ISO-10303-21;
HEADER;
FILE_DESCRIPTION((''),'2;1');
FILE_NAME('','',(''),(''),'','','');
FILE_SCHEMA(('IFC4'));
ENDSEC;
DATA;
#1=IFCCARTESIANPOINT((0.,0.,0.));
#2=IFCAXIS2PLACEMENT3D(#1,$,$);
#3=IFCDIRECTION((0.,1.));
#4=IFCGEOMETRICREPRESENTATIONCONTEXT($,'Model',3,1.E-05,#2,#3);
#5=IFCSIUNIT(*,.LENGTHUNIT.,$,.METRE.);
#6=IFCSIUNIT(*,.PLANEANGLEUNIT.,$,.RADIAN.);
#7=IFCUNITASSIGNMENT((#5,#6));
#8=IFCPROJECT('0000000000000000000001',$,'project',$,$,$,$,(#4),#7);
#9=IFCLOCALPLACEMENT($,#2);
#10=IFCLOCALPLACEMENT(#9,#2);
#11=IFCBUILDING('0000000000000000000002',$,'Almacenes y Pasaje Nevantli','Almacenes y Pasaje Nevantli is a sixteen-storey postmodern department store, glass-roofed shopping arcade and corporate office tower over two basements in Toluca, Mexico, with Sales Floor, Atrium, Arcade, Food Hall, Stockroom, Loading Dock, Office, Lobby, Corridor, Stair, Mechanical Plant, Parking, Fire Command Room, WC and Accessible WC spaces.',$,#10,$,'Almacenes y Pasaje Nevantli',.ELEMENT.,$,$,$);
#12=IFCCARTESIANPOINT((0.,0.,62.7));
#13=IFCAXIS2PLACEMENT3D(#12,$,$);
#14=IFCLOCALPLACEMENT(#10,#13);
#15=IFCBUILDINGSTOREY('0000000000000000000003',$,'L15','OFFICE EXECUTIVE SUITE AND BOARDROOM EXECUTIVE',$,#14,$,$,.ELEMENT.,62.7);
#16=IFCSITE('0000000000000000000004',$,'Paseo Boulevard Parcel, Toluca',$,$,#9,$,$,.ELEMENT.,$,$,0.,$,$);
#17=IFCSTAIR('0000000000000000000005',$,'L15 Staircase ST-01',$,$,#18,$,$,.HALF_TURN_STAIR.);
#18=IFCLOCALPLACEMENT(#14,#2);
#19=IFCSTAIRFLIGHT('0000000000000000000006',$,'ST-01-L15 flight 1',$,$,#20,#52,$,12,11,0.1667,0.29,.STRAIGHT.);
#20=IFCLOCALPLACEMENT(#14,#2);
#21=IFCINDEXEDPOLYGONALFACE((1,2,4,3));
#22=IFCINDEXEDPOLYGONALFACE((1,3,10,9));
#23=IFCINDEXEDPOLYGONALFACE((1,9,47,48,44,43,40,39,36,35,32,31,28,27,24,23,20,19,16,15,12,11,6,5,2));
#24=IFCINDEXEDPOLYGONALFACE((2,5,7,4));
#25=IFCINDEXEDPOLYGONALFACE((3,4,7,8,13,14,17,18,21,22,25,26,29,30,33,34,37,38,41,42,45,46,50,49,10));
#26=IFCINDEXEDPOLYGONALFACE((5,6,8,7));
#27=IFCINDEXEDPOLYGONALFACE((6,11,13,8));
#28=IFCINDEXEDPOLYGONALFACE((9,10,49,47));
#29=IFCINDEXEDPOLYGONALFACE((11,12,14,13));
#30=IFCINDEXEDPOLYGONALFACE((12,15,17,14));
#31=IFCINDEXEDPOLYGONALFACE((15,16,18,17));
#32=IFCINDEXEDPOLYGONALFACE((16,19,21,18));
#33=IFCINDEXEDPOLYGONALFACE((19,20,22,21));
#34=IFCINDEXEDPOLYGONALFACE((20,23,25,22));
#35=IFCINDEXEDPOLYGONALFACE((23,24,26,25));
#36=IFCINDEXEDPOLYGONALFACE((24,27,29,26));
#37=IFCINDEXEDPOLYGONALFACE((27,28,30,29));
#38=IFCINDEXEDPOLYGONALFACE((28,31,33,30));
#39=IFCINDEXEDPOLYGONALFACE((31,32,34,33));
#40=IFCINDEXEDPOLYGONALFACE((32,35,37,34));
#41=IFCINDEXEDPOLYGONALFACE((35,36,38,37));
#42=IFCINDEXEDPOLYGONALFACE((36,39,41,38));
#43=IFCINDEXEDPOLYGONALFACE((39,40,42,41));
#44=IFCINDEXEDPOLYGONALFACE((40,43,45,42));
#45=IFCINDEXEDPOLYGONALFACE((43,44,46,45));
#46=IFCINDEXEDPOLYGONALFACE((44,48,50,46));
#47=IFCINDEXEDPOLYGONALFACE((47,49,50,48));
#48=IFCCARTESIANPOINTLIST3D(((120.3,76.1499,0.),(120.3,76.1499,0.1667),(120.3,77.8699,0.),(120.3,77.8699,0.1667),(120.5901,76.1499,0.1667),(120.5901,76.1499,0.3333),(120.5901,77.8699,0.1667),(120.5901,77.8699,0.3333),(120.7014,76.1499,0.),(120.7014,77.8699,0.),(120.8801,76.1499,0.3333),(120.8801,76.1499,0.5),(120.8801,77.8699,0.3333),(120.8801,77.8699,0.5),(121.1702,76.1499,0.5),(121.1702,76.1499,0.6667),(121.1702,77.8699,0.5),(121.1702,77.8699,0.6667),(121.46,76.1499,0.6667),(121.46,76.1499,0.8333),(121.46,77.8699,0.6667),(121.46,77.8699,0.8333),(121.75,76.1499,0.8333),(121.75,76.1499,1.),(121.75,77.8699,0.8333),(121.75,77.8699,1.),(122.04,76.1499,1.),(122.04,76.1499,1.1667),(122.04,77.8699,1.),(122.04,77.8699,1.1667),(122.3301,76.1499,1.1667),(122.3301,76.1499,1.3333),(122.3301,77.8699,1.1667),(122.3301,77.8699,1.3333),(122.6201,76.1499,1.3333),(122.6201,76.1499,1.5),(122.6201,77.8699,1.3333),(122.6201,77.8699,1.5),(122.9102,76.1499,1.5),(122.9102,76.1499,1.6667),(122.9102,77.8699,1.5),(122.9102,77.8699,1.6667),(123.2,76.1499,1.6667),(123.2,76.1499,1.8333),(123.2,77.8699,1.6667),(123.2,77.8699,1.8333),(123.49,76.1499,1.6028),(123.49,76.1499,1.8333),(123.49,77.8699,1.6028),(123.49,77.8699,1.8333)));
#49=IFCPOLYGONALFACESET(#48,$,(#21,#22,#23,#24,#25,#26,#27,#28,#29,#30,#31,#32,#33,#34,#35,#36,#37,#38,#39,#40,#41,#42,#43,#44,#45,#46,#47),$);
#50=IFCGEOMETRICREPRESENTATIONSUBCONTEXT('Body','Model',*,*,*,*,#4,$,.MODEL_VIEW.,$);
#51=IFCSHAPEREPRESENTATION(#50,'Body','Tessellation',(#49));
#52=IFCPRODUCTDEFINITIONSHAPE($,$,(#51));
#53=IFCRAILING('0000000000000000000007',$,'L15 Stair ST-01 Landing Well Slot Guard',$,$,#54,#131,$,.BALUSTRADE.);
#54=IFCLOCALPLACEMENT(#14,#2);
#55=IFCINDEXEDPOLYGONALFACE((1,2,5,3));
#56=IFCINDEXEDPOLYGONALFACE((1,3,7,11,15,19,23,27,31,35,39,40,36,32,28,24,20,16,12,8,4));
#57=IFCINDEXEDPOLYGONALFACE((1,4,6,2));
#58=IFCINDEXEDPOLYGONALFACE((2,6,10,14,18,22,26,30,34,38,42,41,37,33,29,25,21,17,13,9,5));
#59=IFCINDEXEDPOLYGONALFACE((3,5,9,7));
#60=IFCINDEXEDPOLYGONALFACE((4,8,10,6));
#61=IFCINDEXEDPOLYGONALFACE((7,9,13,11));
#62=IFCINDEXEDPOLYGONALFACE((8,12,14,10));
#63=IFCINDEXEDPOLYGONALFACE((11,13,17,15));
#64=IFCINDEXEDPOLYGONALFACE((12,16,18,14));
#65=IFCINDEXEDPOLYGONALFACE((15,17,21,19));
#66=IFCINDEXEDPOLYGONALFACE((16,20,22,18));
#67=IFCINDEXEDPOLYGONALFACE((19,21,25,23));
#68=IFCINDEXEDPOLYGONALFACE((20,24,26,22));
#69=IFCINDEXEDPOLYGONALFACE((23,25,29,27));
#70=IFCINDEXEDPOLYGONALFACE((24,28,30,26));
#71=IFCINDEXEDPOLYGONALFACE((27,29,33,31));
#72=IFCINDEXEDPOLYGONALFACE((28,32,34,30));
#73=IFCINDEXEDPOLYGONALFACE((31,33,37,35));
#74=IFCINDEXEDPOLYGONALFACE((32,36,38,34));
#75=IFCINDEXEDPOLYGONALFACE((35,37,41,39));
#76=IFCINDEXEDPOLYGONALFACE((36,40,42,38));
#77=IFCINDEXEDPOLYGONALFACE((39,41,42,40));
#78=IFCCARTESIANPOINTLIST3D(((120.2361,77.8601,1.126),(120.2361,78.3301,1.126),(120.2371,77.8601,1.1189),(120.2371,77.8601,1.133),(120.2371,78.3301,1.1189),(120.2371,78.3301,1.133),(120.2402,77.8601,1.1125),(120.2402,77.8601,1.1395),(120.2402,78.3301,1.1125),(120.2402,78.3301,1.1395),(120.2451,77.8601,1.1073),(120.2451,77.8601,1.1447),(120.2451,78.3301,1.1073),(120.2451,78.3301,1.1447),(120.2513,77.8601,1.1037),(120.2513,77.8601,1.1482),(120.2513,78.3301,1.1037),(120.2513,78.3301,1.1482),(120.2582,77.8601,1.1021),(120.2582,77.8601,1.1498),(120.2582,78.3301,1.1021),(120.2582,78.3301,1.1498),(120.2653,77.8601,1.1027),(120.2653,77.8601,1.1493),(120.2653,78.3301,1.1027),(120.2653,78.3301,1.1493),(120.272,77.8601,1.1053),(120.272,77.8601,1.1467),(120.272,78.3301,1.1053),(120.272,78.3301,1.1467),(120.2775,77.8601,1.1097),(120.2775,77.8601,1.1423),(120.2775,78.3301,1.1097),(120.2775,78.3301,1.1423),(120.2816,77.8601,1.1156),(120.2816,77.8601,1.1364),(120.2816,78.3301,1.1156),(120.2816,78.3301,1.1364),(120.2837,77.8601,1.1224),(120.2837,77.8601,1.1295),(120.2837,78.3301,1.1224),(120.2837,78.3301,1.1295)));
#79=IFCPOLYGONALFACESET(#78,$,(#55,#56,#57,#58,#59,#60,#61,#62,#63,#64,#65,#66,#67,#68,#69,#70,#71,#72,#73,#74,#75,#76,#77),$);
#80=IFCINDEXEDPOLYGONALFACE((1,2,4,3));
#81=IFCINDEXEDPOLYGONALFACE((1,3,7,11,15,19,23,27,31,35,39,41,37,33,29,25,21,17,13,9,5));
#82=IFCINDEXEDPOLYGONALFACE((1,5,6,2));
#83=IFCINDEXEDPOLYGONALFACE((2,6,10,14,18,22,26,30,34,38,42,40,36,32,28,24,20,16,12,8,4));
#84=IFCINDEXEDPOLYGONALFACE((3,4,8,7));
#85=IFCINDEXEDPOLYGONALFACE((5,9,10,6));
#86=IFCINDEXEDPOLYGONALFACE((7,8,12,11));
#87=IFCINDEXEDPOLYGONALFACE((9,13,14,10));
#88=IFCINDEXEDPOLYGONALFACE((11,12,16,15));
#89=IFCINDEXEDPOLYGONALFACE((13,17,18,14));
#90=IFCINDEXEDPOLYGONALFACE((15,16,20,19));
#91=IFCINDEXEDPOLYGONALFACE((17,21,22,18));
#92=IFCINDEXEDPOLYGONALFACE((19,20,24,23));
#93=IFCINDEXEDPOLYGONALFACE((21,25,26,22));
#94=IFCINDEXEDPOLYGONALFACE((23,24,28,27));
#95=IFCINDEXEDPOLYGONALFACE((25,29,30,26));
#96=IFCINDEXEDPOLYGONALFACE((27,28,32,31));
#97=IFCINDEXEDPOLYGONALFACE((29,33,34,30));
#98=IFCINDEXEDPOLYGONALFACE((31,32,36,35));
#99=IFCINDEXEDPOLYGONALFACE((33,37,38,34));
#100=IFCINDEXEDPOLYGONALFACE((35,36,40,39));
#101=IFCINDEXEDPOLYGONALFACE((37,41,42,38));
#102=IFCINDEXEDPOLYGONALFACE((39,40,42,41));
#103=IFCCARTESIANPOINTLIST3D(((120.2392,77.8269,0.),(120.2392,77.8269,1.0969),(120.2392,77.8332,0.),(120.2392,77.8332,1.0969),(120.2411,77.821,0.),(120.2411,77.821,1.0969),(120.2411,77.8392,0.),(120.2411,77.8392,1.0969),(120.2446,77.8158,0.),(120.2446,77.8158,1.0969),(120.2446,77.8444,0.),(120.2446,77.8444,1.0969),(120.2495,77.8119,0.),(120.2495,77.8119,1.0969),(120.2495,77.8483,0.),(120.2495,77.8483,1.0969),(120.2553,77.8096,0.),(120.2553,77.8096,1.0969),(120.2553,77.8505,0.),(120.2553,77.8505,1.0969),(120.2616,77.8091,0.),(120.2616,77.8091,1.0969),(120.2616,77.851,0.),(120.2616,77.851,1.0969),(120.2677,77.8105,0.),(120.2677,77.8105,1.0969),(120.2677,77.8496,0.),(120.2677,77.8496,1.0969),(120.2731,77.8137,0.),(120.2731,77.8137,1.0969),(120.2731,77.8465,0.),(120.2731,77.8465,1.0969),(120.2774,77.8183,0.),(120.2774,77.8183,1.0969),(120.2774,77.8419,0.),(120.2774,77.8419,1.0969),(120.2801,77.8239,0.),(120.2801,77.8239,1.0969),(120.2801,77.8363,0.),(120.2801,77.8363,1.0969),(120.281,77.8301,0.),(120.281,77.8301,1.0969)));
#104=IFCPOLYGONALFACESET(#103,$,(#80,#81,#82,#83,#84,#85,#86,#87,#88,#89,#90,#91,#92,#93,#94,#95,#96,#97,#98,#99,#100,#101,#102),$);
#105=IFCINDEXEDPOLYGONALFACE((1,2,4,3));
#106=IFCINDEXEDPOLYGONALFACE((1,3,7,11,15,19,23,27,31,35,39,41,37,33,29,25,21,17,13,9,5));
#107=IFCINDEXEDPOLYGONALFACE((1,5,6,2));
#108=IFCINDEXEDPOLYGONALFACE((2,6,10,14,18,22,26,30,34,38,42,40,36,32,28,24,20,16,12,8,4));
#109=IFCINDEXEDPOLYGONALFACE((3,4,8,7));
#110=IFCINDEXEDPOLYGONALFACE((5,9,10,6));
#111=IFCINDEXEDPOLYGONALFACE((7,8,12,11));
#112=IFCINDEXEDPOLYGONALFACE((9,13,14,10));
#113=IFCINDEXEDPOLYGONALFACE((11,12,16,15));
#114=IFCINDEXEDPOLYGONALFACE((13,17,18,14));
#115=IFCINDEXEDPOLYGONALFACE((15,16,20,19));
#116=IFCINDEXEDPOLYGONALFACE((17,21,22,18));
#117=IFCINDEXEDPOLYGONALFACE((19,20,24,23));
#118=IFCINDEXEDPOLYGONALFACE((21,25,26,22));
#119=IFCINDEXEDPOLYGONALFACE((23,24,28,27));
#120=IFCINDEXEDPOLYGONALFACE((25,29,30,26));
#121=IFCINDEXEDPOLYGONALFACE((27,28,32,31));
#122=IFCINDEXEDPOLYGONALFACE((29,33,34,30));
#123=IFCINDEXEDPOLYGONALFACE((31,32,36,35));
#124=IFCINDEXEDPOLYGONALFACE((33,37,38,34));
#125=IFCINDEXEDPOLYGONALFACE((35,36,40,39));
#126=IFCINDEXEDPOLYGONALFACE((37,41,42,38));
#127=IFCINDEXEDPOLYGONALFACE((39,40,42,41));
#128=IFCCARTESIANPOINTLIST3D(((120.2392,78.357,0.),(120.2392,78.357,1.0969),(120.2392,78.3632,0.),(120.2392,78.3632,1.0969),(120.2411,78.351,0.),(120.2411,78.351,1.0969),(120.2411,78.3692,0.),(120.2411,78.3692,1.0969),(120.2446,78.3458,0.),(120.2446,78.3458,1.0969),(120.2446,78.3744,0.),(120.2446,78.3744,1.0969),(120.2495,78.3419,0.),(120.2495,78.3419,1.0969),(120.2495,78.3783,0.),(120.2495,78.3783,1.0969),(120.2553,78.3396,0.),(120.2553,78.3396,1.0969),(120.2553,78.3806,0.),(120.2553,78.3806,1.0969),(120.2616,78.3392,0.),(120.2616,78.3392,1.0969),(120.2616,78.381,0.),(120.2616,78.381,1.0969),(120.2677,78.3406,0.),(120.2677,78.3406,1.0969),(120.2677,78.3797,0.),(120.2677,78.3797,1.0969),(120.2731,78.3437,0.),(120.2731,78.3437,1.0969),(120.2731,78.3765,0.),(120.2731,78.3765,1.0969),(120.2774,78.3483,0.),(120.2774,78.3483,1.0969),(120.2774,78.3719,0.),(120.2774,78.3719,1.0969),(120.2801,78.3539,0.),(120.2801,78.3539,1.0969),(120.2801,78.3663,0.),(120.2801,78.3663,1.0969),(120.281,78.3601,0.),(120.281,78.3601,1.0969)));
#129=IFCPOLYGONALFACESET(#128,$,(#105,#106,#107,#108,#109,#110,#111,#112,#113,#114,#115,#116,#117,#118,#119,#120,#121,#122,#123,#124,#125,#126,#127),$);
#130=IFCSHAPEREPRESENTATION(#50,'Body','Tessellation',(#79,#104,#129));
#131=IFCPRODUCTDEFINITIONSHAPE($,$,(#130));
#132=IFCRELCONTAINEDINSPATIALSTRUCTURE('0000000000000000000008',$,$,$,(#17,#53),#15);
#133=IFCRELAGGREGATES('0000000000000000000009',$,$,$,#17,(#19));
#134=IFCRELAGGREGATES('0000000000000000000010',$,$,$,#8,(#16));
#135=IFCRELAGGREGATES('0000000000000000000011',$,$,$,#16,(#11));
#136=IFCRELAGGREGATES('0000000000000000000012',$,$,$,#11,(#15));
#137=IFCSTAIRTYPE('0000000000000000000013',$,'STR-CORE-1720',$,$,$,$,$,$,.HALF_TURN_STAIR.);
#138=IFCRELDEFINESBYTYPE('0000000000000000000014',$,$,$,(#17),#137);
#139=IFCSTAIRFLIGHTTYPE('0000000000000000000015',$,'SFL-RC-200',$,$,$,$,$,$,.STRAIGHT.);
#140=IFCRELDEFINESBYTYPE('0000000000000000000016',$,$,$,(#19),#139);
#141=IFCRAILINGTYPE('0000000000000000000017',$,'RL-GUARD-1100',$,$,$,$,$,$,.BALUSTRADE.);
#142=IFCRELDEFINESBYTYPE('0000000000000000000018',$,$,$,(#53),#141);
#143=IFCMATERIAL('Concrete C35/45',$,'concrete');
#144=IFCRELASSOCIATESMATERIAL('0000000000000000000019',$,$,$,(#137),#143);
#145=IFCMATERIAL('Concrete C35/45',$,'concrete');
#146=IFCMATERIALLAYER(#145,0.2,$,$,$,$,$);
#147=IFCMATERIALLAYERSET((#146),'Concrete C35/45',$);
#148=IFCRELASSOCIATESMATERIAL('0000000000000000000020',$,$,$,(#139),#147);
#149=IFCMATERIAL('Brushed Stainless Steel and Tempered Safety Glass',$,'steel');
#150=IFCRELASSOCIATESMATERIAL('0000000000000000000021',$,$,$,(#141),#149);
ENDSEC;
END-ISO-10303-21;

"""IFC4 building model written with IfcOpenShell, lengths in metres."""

from ifc_helpers import new_model, si_unit, direction, frame, origin, origin_2d, place, context, subcontext, project, spatial, polyline, circle, outline, extrude, material, layer, layer_set, type_object, element, aggregate, save


model = new_model("IFC4")

# Units and contexts
model_context = context("Model", 3, precision=1e-05, world=origin(), true_north=direction((0.0, 1.0)))
body_context = subcontext(model_context, "Body", "Model", "MODEL_VIEW")
ifc_project = project(units=[si_unit("LENGTHUNIT", "METRE"), si_unit("PLANEANGLEUNIT", "RADIAN")], contexts=[model_context])

# Site, building, storey
site_placement = place(None, origin())
site = spatial("IfcSite", under=ifc_project, at=site_placement, Name="Paseo Boulevard Parcel, Toluca", CompositionType="ELEMENT", RefElevation=0.0)
building_placement = place(site_placement, origin())
building = spatial("IfcBuilding", under=site, at=building_placement, Name="Almacenes y Pasaje Nevantli", Description="Almacenes y Pasaje Nevantli is a sixteen-storey postmodern department store, glass-roofed shopping arcade and corporate office tower over two basements in Toluca, Mexico, with Sales Floor, Atrium, Arcade, Food Hall, Stockroom, Loading Dock, Office, Lobby, Corridor, Stair, Mechanical Plant, Parking, Fire Command Room, WC and Accessible WC spaces.", LongName="Almacenes y Pasaje Nevantli", CompositionType="ELEMENT")
storey_placement = place(building_placement, frame((0.0, 0.0, 62.7)))
storey = spatial("IfcBuildingStorey", under=building, at=storey_placement, Name="L15", Description="OFFICE EXECUTIVE SUITE AND BOARDROOM EXECUTIVE", CompositionType="ELEMENT", Elevation=62.7)

# Stair, stair flight
ifc_material_1 = material(Name="Concrete C35/45", Category="concrete")
stair_type = type_object("IfcStairType", Name="STR-CORE-1720", PredefinedType="HALF_TURN_STAIR", material=ifc_material_1)
stair_placement = place(storey_placement, origin())
stair = element("IfcStair", 1, at=stair_placement, inside=storey, type_object=stair_type, Name="L15 Staircase ST-01", PredefinedType="HALF_TURN_STAIR")
ifc_material_2 = material(Name="Concrete C35/45", Category="concrete")
ifc_layer_1 = layer(ifc_material_2, 0.2)
ifc_layer_set_1 = layer_set([ifc_layer_1], Name="Concrete C35/45")
stair_flight_type = type_object("IfcStairFlightType", Name="SFL-RC-200", PredefinedType="STRAIGHT", material=ifc_layer_set_1)
stair_flight_placement = place(storey_placement, frame((120.3, 77.01, 0.0), z_axis=(0.0, 0.0, 1.0), x_axis=(1.0, 0.0, 0.0)))
stair_flight = element("IfcStairFlight", 2, at=stair_flight_placement, type_object=stair_flight_type, Name="ST-01-L15 flight 1", NumberOfRisers=12, NumberOfTreads=11, PredefinedType="STRAIGHT", RiserHeight=0.1667, TreadLength=0.29, context=body_context, shape_type="SweptSolid", body=[
    extrude(outline(polyline([(0.0, 0.0), (0.0, 0.1667), (0.29, 0.1667), (0.29, 0.3333), (0.5801, 0.3333), (0.5801, 0.5), (0.8701, 0.5), (0.8701, 0.6667), (1.1599, 0.6667), (1.1599, 0.8333), (1.45, 0.8333), (1.45, 1.0), (1.74, 1.0), (1.74, 1.1667), (2.03, 1.1667), (2.03, 1.3333), (2.3201, 1.3333), (2.3201, 1.5), (2.6101, 1.5), (2.6101, 1.6667), (2.8999, 1.6667), (2.8999, 1.8333), (3.1899, 1.8333), (3.1899, 2.0), (3.1899, 1.6028), (0.4014, 0.0), (0.0, 0.0)])), frame((0.0, 0.8599, 0.0), z_axis=(0.0, -1.0, 0.0), x_axis=(1.0, 0.0, 0.0)), (0.0, 0.0, 1.0), 1.72),
])
aggregate(stair, [stair_flight])

# Railing
ifc_material_3 = material(Name="Brushed Stainless Steel and Tempered Safety Glass", Category="steel")
railing_type_1 = type_object("IfcRailingType", Name="RL-GUARD-1100", PredefinedType="BALUSTRADE", material=ifc_material_3)
railing_1_placement = place(storey_placement, frame((120.26, 77.8301, 0.0)))
element("IfcRailing", 3, at=railing_1_placement, inside=storey, type_object=railing_type_1, Name="L15 Stair ST-01 Landing Well Slot Guard", PredefinedType="BALUSTRADE", context=body_context, shape_type="SweptSolid", body=[
    extrude(circle(Radius=0.0239, at=origin_2d()), frame((0.0, 0.03, 1.126), z_axis=(0.0, 1.0, 0.0), x_axis=(-1.0, 0.0, 0.0)), (0.0, 0.0, 1.0), 0.47),
    extrude(circle(Radius=0.021, at=origin_2d()), origin(), (0.0, 0.0, 1.0), 1.0969),
    extrude(circle(Radius=0.021, at=origin_2d()), frame((0.0, 0.53, 0.0)), (0.0, 0.0, 1.0), 1.0969),
])

save(model, "model.ifc")
